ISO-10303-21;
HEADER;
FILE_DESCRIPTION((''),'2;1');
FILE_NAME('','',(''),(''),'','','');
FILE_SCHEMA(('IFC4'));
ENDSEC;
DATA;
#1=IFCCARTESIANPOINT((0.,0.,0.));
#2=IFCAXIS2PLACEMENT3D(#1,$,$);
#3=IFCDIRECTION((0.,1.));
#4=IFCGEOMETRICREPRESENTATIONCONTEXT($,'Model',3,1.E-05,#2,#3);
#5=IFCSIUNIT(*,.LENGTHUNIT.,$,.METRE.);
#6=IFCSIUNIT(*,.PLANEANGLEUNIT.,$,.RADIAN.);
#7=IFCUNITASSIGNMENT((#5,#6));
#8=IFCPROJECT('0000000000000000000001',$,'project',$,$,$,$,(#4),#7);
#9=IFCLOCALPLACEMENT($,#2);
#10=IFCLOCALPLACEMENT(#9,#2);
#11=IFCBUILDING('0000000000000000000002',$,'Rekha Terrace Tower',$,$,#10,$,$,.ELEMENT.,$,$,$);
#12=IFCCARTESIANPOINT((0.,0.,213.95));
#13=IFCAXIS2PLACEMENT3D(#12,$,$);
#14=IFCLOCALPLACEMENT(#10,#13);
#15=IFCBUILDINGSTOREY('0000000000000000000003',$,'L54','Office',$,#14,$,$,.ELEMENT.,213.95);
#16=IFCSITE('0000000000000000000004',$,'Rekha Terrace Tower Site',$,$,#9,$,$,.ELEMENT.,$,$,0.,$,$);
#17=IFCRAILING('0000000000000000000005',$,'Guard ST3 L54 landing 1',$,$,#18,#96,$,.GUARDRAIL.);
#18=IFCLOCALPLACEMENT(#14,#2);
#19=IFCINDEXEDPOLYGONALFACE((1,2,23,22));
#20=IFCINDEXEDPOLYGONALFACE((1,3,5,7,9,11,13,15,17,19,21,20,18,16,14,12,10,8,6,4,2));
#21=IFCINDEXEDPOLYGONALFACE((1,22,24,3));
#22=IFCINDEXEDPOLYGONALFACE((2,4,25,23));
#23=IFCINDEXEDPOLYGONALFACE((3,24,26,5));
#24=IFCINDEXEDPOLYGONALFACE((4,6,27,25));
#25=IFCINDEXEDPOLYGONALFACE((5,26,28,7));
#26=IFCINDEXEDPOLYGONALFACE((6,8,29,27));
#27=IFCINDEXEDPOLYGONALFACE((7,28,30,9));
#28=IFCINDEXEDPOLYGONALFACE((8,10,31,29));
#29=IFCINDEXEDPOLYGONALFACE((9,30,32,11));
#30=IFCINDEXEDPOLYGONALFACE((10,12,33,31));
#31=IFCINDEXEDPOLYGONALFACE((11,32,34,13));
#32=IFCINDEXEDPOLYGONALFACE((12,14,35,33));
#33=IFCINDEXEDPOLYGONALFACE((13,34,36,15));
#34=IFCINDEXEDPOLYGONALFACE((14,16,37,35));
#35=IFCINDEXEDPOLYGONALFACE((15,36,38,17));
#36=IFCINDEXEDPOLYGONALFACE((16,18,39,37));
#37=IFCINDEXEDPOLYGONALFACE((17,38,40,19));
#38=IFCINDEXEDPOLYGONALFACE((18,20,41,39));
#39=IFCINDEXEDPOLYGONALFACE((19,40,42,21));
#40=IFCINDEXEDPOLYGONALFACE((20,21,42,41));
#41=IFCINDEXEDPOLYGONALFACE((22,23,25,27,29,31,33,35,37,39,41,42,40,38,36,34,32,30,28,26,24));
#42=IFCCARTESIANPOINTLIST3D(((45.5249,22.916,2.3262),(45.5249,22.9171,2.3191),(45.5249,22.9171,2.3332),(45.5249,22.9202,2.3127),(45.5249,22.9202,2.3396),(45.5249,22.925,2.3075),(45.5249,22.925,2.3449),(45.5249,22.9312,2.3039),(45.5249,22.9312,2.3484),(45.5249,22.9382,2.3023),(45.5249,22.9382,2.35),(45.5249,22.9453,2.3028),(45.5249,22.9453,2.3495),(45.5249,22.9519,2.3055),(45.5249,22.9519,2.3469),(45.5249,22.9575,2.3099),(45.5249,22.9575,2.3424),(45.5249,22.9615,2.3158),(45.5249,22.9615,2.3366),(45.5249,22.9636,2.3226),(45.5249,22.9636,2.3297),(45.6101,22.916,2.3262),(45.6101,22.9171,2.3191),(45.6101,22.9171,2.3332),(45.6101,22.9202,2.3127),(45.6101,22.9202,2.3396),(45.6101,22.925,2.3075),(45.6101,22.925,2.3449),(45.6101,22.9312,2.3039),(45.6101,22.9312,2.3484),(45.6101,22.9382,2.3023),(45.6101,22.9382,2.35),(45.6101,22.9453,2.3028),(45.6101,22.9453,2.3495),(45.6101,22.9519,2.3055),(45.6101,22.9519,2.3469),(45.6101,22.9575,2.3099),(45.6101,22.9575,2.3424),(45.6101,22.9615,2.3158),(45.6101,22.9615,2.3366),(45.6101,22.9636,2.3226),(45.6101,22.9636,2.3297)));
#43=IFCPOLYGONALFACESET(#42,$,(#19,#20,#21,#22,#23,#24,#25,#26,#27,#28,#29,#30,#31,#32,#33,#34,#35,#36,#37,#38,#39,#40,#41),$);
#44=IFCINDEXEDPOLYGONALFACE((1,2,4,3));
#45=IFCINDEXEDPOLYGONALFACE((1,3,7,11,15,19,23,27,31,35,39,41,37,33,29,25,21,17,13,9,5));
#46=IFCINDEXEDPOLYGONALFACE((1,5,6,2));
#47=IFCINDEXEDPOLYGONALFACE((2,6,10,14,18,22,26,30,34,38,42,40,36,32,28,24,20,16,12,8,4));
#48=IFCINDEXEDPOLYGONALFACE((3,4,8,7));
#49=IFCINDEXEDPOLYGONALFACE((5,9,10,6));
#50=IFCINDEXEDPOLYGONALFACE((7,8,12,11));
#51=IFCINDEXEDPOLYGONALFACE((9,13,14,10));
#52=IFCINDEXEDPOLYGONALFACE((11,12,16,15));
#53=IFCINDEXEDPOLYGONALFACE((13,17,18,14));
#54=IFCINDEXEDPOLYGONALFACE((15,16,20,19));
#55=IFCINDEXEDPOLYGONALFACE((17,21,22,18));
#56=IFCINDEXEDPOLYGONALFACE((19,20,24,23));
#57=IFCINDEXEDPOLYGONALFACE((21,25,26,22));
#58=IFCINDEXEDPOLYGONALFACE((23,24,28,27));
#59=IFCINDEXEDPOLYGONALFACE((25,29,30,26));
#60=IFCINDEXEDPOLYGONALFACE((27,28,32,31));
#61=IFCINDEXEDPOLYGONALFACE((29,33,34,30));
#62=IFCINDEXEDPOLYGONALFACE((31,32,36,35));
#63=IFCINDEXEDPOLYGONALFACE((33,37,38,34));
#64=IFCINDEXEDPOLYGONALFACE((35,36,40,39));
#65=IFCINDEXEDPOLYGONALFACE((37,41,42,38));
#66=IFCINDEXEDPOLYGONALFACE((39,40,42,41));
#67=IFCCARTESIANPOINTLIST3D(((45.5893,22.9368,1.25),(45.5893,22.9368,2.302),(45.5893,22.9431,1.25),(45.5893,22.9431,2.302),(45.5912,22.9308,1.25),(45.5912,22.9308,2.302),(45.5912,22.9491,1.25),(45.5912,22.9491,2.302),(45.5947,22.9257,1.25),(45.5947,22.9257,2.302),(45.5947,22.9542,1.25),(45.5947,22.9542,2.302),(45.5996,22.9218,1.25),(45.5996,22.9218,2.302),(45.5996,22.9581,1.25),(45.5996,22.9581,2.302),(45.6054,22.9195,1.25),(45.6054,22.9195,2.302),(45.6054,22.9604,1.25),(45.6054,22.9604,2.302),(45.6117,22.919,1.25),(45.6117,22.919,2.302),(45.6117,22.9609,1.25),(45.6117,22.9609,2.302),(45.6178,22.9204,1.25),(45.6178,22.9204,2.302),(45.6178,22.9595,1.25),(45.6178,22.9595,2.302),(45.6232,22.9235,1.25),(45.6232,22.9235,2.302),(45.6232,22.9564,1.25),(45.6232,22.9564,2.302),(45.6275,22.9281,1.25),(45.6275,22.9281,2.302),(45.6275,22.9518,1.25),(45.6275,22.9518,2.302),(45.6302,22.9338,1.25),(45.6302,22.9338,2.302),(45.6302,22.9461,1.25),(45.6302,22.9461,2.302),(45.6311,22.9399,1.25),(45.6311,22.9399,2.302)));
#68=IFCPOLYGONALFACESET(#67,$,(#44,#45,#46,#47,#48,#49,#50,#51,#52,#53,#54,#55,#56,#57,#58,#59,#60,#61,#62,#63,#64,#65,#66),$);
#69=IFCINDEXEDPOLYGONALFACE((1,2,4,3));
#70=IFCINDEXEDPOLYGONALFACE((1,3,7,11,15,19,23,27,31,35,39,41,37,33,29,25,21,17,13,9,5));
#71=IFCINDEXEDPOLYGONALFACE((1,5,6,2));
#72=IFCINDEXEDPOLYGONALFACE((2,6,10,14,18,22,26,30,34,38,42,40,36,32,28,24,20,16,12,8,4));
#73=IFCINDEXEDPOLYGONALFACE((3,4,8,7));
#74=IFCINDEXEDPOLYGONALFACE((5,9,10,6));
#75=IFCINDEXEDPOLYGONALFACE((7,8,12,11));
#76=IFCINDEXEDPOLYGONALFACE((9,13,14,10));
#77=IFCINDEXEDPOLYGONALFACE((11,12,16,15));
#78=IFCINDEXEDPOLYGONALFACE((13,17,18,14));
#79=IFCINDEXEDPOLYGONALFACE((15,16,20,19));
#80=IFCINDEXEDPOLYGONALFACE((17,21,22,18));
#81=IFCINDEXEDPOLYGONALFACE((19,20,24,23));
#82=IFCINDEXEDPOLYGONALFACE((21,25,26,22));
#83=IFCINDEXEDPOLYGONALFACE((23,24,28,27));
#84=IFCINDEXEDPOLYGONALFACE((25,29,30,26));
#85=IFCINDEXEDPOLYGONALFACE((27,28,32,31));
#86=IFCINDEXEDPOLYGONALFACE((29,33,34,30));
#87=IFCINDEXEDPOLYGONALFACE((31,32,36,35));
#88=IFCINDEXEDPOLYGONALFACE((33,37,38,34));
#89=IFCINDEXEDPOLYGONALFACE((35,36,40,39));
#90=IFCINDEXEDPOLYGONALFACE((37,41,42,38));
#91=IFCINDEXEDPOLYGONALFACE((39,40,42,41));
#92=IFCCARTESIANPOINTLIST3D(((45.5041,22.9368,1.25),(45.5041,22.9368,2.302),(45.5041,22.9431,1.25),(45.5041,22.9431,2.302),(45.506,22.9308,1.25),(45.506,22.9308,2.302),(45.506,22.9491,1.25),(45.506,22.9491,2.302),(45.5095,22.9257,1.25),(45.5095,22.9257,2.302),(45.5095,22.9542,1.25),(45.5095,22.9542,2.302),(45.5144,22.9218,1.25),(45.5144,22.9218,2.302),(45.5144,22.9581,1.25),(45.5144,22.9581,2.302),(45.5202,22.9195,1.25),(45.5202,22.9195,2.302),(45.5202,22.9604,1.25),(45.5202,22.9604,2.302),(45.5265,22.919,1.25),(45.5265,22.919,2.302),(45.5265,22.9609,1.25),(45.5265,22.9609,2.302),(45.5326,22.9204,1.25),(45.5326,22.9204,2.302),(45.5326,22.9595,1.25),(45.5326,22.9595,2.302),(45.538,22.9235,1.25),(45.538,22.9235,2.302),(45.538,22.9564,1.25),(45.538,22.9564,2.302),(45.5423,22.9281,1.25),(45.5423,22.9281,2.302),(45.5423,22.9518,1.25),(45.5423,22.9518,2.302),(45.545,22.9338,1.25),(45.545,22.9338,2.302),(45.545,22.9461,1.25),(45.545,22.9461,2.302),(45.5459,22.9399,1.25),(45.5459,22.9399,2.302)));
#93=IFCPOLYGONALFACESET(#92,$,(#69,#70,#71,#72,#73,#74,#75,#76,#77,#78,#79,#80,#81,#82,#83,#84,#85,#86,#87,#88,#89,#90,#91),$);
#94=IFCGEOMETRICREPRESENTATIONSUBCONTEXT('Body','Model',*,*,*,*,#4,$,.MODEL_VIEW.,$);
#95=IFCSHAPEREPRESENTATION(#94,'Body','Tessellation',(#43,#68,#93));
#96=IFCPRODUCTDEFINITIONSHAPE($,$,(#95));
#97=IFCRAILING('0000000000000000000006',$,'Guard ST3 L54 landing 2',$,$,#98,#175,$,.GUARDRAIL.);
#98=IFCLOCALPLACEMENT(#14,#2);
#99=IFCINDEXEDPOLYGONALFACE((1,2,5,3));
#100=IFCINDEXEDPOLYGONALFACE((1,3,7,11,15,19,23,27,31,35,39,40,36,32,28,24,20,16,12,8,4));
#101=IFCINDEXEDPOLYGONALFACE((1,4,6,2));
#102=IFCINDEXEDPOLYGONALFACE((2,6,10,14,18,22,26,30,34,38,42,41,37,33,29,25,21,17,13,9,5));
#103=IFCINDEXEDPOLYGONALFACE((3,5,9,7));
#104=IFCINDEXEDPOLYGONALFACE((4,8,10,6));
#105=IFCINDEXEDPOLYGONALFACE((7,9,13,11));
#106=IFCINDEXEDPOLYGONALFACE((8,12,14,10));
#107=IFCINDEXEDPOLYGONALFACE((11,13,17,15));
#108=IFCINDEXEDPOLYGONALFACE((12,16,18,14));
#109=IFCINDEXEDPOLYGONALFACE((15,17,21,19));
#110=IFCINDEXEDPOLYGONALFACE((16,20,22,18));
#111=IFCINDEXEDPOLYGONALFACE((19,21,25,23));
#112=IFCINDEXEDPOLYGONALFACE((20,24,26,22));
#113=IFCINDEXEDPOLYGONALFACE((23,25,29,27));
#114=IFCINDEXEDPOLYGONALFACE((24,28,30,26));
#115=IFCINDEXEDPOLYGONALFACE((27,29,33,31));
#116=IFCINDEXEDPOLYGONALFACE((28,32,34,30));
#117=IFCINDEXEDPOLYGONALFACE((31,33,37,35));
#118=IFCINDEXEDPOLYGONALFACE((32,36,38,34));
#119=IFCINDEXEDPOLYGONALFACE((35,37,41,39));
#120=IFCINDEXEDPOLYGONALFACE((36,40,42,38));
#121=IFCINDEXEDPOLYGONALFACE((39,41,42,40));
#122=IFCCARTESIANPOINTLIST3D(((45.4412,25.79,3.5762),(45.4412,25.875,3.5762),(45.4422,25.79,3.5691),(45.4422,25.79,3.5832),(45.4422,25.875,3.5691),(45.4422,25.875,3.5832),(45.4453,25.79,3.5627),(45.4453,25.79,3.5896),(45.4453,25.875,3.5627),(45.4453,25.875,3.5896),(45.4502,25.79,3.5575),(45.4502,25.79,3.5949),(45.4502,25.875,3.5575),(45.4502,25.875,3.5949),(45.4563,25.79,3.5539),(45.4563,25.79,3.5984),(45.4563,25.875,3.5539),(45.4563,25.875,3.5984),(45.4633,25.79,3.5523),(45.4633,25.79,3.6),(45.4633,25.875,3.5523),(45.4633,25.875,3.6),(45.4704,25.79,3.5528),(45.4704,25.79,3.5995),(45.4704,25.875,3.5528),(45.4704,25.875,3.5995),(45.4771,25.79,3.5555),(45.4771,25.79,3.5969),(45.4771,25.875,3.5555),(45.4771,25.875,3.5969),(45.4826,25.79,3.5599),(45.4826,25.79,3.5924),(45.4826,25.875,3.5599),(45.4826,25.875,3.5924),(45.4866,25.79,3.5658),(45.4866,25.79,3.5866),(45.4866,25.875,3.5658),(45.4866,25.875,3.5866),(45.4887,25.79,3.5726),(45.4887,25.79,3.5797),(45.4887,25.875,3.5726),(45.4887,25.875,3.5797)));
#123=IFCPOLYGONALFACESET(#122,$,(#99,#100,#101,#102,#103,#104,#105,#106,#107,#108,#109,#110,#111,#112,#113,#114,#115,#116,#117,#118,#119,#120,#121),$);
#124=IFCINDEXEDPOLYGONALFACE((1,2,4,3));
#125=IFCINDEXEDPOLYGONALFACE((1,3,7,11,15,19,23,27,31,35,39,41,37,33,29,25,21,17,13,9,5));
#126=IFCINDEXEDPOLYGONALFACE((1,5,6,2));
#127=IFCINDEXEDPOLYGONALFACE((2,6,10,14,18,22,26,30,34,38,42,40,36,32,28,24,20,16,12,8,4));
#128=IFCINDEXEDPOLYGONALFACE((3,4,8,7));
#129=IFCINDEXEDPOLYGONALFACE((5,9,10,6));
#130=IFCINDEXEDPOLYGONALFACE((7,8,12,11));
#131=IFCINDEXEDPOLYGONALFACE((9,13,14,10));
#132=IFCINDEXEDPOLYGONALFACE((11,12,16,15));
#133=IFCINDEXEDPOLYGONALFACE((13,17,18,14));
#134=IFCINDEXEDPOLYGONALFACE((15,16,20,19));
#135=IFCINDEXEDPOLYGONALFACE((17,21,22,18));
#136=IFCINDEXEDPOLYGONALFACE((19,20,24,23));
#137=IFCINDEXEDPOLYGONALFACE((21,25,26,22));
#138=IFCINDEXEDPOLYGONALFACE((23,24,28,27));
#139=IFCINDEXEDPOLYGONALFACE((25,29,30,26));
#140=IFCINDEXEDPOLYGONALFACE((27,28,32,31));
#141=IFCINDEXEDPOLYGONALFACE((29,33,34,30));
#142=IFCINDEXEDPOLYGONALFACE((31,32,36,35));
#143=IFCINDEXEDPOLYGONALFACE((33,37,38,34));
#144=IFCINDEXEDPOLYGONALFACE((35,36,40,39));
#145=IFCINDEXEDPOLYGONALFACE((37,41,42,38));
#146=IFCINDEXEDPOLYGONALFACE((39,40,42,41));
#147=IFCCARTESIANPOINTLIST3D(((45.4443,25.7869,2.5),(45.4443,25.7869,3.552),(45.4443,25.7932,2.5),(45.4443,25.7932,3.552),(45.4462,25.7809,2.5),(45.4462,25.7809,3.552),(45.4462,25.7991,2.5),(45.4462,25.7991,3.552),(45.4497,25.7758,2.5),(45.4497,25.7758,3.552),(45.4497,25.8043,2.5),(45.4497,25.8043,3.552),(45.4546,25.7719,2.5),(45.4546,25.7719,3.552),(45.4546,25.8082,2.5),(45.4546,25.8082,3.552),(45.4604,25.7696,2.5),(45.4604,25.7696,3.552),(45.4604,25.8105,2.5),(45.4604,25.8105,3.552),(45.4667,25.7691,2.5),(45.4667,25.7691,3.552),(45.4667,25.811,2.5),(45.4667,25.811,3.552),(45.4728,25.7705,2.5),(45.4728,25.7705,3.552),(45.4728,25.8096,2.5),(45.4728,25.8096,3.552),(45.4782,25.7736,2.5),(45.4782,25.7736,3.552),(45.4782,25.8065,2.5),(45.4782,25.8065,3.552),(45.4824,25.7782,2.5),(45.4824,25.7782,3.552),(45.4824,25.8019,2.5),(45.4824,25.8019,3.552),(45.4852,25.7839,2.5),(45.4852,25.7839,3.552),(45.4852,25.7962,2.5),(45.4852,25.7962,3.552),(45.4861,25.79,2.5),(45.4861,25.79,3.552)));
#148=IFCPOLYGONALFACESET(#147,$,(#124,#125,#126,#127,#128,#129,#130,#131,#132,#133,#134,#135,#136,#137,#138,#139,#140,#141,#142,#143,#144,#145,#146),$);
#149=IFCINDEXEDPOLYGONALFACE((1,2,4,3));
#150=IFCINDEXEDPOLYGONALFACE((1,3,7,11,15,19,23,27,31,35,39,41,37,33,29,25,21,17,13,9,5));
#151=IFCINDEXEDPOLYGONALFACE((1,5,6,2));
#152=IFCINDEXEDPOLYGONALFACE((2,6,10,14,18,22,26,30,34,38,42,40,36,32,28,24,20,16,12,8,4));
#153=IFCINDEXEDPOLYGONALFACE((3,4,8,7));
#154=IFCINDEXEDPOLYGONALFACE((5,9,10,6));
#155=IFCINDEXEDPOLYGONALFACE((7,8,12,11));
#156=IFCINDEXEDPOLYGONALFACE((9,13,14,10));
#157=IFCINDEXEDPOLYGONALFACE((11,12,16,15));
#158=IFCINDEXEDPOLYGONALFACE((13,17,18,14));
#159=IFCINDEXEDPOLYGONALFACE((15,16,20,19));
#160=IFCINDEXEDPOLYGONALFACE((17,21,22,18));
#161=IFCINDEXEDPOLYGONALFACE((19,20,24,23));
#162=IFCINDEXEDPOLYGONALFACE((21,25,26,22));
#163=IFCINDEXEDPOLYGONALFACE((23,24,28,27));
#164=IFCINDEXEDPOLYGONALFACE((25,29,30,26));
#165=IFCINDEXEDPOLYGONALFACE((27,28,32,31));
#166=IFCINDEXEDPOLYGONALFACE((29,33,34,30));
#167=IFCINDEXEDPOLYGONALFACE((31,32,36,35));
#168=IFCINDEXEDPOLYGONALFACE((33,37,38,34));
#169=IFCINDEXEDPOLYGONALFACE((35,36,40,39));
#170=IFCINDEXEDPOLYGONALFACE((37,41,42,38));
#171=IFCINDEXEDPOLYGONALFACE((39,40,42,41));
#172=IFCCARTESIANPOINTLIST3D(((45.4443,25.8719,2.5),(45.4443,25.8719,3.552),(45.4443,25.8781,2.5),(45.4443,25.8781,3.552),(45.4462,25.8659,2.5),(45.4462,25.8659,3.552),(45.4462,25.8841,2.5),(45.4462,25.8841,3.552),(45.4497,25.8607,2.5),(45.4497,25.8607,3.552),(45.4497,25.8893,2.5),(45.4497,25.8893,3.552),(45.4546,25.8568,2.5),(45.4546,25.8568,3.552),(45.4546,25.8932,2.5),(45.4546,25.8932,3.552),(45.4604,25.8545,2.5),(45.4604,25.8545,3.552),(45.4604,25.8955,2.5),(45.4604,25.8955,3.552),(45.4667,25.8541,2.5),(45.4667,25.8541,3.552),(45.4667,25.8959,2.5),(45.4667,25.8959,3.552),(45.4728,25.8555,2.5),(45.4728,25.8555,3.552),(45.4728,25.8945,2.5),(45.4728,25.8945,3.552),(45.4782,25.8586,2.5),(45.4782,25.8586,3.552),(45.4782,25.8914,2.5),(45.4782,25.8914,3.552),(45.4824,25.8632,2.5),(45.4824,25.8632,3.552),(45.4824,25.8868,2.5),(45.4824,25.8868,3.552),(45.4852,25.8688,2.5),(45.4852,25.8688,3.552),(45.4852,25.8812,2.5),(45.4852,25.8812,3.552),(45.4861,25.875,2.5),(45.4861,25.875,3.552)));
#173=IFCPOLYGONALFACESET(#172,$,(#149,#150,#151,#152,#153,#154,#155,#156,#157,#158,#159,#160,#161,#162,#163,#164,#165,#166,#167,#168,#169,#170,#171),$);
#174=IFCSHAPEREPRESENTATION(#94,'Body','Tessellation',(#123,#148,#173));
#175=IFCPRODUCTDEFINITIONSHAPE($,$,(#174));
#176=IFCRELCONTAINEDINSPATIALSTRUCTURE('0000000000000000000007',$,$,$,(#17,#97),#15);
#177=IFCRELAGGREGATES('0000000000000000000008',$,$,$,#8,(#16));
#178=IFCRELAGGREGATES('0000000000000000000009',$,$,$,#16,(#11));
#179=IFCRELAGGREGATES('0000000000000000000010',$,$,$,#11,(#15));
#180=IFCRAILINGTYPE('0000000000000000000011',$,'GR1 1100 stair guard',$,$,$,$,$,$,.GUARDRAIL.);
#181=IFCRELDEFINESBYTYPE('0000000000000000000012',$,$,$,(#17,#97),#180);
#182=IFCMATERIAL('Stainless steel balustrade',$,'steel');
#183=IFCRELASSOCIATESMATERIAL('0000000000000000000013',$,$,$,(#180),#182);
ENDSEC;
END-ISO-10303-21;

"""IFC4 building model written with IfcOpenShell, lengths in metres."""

from ifc_helpers import new_model, si_unit, direction, frame, origin, origin_2d, place, context, subcontext, project, spatial, circle, extrude, material, type_object, element, save


model = new_model("IFC4")

# Units and contexts
model_context = context("Model", 3, precision=1e-05, world=origin(), true_north=direction((0.0, 1.0)))
body_context = subcontext(model_context, "Body", "Model", "MODEL_VIEW")
ifc_project = project(units=[si_unit("LENGTHUNIT", "METRE"), si_unit("PLANEANGLEUNIT", "RADIAN")], contexts=[model_context])

# Site, building, storey
site_placement = place(None, origin())
site = spatial("IfcSite", under=ifc_project, at=site_placement, Name="Rekha Terrace Tower Site", CompositionType="ELEMENT", RefElevation=0.0)
building_placement = place(site_placement, origin())
building = spatial("IfcBuilding", under=site, at=building_placement, Name="Rekha Terrace Tower", CompositionType="ELEMENT")
storey_placement = place(building_placement, frame((0.0, 0.0, 213.95)))
storey = spatial("IfcBuildingStorey", under=building, at=storey_placement, Name="L54", Description="Office", CompositionType="ELEMENT", Elevation=213.95)

# Railings
ifc_material_1 = material(Name="Stainless steel balustrade", Category="steel")
railing_type_1 = type_object("IfcRailingType", Name="GR1 1100 stair guard", PredefinedType="GUARDRAIL", material=ifc_material_1)
railing_1_placement = place(storey_placement, frame((45.6101, 22.9399, 1.25)))
element("IfcRailing", 1, at=railing_1_placement, inside=storey, type_object=railing_type_1, Name="Guard ST3 L54 landing 1", PredefinedType="GUARDRAIL", context=body_context, shape_type="SweptSolid", body=[
    extrude(circle(Radius=0.0239, at=origin_2d()), frame((0.0, 0.0, 1.0762), z_axis=(-1.0, 0.0, 0.0), x_axis=(0.0, -1.0, 0.0)), (0.0, 0.0, 1.0), 0.0852),
    extrude(circle(Radius=0.021, at=origin_2d()), origin(), (0.0, 0.0, 1.0), 1.052),
    extrude(circle(Radius=0.021, at=origin_2d()), frame((-0.0852, 0.0, 0.0)), (0.0, 0.0, 1.0), 1.052),
])
railing_2_placement = place(storey_placement, frame((45.4651, 25.79, 2.5)))
element("IfcRailing", 2, at=railing_2_placement, inside=storey, type_object=railing_type_1, Name="Guard ST3 L54 landing 2", PredefinedType="GUARDRAIL", context=body_context, shape_type="SweptSolid", body=[
    extrude(circle(Radius=0.0239, at=origin_2d()), frame((0.0, 0.0, 1.0762), z_axis=(0.0, 1.0, 0.0), x_axis=(-1.0, 0.0, 0.0)), (0.0, 0.0, 1.0), 0.085),
    extrude(circle(Radius=0.021, at=origin_2d()), origin(), (0.0, 0.0, 1.0), 1.052),
    extrude(circle(Radius=0.021, at=origin_2d()), frame((0.0, 0.085, 0.0)), (0.0, 0.0, 1.0), 1.052),
])

save(model, "model.ifc")
